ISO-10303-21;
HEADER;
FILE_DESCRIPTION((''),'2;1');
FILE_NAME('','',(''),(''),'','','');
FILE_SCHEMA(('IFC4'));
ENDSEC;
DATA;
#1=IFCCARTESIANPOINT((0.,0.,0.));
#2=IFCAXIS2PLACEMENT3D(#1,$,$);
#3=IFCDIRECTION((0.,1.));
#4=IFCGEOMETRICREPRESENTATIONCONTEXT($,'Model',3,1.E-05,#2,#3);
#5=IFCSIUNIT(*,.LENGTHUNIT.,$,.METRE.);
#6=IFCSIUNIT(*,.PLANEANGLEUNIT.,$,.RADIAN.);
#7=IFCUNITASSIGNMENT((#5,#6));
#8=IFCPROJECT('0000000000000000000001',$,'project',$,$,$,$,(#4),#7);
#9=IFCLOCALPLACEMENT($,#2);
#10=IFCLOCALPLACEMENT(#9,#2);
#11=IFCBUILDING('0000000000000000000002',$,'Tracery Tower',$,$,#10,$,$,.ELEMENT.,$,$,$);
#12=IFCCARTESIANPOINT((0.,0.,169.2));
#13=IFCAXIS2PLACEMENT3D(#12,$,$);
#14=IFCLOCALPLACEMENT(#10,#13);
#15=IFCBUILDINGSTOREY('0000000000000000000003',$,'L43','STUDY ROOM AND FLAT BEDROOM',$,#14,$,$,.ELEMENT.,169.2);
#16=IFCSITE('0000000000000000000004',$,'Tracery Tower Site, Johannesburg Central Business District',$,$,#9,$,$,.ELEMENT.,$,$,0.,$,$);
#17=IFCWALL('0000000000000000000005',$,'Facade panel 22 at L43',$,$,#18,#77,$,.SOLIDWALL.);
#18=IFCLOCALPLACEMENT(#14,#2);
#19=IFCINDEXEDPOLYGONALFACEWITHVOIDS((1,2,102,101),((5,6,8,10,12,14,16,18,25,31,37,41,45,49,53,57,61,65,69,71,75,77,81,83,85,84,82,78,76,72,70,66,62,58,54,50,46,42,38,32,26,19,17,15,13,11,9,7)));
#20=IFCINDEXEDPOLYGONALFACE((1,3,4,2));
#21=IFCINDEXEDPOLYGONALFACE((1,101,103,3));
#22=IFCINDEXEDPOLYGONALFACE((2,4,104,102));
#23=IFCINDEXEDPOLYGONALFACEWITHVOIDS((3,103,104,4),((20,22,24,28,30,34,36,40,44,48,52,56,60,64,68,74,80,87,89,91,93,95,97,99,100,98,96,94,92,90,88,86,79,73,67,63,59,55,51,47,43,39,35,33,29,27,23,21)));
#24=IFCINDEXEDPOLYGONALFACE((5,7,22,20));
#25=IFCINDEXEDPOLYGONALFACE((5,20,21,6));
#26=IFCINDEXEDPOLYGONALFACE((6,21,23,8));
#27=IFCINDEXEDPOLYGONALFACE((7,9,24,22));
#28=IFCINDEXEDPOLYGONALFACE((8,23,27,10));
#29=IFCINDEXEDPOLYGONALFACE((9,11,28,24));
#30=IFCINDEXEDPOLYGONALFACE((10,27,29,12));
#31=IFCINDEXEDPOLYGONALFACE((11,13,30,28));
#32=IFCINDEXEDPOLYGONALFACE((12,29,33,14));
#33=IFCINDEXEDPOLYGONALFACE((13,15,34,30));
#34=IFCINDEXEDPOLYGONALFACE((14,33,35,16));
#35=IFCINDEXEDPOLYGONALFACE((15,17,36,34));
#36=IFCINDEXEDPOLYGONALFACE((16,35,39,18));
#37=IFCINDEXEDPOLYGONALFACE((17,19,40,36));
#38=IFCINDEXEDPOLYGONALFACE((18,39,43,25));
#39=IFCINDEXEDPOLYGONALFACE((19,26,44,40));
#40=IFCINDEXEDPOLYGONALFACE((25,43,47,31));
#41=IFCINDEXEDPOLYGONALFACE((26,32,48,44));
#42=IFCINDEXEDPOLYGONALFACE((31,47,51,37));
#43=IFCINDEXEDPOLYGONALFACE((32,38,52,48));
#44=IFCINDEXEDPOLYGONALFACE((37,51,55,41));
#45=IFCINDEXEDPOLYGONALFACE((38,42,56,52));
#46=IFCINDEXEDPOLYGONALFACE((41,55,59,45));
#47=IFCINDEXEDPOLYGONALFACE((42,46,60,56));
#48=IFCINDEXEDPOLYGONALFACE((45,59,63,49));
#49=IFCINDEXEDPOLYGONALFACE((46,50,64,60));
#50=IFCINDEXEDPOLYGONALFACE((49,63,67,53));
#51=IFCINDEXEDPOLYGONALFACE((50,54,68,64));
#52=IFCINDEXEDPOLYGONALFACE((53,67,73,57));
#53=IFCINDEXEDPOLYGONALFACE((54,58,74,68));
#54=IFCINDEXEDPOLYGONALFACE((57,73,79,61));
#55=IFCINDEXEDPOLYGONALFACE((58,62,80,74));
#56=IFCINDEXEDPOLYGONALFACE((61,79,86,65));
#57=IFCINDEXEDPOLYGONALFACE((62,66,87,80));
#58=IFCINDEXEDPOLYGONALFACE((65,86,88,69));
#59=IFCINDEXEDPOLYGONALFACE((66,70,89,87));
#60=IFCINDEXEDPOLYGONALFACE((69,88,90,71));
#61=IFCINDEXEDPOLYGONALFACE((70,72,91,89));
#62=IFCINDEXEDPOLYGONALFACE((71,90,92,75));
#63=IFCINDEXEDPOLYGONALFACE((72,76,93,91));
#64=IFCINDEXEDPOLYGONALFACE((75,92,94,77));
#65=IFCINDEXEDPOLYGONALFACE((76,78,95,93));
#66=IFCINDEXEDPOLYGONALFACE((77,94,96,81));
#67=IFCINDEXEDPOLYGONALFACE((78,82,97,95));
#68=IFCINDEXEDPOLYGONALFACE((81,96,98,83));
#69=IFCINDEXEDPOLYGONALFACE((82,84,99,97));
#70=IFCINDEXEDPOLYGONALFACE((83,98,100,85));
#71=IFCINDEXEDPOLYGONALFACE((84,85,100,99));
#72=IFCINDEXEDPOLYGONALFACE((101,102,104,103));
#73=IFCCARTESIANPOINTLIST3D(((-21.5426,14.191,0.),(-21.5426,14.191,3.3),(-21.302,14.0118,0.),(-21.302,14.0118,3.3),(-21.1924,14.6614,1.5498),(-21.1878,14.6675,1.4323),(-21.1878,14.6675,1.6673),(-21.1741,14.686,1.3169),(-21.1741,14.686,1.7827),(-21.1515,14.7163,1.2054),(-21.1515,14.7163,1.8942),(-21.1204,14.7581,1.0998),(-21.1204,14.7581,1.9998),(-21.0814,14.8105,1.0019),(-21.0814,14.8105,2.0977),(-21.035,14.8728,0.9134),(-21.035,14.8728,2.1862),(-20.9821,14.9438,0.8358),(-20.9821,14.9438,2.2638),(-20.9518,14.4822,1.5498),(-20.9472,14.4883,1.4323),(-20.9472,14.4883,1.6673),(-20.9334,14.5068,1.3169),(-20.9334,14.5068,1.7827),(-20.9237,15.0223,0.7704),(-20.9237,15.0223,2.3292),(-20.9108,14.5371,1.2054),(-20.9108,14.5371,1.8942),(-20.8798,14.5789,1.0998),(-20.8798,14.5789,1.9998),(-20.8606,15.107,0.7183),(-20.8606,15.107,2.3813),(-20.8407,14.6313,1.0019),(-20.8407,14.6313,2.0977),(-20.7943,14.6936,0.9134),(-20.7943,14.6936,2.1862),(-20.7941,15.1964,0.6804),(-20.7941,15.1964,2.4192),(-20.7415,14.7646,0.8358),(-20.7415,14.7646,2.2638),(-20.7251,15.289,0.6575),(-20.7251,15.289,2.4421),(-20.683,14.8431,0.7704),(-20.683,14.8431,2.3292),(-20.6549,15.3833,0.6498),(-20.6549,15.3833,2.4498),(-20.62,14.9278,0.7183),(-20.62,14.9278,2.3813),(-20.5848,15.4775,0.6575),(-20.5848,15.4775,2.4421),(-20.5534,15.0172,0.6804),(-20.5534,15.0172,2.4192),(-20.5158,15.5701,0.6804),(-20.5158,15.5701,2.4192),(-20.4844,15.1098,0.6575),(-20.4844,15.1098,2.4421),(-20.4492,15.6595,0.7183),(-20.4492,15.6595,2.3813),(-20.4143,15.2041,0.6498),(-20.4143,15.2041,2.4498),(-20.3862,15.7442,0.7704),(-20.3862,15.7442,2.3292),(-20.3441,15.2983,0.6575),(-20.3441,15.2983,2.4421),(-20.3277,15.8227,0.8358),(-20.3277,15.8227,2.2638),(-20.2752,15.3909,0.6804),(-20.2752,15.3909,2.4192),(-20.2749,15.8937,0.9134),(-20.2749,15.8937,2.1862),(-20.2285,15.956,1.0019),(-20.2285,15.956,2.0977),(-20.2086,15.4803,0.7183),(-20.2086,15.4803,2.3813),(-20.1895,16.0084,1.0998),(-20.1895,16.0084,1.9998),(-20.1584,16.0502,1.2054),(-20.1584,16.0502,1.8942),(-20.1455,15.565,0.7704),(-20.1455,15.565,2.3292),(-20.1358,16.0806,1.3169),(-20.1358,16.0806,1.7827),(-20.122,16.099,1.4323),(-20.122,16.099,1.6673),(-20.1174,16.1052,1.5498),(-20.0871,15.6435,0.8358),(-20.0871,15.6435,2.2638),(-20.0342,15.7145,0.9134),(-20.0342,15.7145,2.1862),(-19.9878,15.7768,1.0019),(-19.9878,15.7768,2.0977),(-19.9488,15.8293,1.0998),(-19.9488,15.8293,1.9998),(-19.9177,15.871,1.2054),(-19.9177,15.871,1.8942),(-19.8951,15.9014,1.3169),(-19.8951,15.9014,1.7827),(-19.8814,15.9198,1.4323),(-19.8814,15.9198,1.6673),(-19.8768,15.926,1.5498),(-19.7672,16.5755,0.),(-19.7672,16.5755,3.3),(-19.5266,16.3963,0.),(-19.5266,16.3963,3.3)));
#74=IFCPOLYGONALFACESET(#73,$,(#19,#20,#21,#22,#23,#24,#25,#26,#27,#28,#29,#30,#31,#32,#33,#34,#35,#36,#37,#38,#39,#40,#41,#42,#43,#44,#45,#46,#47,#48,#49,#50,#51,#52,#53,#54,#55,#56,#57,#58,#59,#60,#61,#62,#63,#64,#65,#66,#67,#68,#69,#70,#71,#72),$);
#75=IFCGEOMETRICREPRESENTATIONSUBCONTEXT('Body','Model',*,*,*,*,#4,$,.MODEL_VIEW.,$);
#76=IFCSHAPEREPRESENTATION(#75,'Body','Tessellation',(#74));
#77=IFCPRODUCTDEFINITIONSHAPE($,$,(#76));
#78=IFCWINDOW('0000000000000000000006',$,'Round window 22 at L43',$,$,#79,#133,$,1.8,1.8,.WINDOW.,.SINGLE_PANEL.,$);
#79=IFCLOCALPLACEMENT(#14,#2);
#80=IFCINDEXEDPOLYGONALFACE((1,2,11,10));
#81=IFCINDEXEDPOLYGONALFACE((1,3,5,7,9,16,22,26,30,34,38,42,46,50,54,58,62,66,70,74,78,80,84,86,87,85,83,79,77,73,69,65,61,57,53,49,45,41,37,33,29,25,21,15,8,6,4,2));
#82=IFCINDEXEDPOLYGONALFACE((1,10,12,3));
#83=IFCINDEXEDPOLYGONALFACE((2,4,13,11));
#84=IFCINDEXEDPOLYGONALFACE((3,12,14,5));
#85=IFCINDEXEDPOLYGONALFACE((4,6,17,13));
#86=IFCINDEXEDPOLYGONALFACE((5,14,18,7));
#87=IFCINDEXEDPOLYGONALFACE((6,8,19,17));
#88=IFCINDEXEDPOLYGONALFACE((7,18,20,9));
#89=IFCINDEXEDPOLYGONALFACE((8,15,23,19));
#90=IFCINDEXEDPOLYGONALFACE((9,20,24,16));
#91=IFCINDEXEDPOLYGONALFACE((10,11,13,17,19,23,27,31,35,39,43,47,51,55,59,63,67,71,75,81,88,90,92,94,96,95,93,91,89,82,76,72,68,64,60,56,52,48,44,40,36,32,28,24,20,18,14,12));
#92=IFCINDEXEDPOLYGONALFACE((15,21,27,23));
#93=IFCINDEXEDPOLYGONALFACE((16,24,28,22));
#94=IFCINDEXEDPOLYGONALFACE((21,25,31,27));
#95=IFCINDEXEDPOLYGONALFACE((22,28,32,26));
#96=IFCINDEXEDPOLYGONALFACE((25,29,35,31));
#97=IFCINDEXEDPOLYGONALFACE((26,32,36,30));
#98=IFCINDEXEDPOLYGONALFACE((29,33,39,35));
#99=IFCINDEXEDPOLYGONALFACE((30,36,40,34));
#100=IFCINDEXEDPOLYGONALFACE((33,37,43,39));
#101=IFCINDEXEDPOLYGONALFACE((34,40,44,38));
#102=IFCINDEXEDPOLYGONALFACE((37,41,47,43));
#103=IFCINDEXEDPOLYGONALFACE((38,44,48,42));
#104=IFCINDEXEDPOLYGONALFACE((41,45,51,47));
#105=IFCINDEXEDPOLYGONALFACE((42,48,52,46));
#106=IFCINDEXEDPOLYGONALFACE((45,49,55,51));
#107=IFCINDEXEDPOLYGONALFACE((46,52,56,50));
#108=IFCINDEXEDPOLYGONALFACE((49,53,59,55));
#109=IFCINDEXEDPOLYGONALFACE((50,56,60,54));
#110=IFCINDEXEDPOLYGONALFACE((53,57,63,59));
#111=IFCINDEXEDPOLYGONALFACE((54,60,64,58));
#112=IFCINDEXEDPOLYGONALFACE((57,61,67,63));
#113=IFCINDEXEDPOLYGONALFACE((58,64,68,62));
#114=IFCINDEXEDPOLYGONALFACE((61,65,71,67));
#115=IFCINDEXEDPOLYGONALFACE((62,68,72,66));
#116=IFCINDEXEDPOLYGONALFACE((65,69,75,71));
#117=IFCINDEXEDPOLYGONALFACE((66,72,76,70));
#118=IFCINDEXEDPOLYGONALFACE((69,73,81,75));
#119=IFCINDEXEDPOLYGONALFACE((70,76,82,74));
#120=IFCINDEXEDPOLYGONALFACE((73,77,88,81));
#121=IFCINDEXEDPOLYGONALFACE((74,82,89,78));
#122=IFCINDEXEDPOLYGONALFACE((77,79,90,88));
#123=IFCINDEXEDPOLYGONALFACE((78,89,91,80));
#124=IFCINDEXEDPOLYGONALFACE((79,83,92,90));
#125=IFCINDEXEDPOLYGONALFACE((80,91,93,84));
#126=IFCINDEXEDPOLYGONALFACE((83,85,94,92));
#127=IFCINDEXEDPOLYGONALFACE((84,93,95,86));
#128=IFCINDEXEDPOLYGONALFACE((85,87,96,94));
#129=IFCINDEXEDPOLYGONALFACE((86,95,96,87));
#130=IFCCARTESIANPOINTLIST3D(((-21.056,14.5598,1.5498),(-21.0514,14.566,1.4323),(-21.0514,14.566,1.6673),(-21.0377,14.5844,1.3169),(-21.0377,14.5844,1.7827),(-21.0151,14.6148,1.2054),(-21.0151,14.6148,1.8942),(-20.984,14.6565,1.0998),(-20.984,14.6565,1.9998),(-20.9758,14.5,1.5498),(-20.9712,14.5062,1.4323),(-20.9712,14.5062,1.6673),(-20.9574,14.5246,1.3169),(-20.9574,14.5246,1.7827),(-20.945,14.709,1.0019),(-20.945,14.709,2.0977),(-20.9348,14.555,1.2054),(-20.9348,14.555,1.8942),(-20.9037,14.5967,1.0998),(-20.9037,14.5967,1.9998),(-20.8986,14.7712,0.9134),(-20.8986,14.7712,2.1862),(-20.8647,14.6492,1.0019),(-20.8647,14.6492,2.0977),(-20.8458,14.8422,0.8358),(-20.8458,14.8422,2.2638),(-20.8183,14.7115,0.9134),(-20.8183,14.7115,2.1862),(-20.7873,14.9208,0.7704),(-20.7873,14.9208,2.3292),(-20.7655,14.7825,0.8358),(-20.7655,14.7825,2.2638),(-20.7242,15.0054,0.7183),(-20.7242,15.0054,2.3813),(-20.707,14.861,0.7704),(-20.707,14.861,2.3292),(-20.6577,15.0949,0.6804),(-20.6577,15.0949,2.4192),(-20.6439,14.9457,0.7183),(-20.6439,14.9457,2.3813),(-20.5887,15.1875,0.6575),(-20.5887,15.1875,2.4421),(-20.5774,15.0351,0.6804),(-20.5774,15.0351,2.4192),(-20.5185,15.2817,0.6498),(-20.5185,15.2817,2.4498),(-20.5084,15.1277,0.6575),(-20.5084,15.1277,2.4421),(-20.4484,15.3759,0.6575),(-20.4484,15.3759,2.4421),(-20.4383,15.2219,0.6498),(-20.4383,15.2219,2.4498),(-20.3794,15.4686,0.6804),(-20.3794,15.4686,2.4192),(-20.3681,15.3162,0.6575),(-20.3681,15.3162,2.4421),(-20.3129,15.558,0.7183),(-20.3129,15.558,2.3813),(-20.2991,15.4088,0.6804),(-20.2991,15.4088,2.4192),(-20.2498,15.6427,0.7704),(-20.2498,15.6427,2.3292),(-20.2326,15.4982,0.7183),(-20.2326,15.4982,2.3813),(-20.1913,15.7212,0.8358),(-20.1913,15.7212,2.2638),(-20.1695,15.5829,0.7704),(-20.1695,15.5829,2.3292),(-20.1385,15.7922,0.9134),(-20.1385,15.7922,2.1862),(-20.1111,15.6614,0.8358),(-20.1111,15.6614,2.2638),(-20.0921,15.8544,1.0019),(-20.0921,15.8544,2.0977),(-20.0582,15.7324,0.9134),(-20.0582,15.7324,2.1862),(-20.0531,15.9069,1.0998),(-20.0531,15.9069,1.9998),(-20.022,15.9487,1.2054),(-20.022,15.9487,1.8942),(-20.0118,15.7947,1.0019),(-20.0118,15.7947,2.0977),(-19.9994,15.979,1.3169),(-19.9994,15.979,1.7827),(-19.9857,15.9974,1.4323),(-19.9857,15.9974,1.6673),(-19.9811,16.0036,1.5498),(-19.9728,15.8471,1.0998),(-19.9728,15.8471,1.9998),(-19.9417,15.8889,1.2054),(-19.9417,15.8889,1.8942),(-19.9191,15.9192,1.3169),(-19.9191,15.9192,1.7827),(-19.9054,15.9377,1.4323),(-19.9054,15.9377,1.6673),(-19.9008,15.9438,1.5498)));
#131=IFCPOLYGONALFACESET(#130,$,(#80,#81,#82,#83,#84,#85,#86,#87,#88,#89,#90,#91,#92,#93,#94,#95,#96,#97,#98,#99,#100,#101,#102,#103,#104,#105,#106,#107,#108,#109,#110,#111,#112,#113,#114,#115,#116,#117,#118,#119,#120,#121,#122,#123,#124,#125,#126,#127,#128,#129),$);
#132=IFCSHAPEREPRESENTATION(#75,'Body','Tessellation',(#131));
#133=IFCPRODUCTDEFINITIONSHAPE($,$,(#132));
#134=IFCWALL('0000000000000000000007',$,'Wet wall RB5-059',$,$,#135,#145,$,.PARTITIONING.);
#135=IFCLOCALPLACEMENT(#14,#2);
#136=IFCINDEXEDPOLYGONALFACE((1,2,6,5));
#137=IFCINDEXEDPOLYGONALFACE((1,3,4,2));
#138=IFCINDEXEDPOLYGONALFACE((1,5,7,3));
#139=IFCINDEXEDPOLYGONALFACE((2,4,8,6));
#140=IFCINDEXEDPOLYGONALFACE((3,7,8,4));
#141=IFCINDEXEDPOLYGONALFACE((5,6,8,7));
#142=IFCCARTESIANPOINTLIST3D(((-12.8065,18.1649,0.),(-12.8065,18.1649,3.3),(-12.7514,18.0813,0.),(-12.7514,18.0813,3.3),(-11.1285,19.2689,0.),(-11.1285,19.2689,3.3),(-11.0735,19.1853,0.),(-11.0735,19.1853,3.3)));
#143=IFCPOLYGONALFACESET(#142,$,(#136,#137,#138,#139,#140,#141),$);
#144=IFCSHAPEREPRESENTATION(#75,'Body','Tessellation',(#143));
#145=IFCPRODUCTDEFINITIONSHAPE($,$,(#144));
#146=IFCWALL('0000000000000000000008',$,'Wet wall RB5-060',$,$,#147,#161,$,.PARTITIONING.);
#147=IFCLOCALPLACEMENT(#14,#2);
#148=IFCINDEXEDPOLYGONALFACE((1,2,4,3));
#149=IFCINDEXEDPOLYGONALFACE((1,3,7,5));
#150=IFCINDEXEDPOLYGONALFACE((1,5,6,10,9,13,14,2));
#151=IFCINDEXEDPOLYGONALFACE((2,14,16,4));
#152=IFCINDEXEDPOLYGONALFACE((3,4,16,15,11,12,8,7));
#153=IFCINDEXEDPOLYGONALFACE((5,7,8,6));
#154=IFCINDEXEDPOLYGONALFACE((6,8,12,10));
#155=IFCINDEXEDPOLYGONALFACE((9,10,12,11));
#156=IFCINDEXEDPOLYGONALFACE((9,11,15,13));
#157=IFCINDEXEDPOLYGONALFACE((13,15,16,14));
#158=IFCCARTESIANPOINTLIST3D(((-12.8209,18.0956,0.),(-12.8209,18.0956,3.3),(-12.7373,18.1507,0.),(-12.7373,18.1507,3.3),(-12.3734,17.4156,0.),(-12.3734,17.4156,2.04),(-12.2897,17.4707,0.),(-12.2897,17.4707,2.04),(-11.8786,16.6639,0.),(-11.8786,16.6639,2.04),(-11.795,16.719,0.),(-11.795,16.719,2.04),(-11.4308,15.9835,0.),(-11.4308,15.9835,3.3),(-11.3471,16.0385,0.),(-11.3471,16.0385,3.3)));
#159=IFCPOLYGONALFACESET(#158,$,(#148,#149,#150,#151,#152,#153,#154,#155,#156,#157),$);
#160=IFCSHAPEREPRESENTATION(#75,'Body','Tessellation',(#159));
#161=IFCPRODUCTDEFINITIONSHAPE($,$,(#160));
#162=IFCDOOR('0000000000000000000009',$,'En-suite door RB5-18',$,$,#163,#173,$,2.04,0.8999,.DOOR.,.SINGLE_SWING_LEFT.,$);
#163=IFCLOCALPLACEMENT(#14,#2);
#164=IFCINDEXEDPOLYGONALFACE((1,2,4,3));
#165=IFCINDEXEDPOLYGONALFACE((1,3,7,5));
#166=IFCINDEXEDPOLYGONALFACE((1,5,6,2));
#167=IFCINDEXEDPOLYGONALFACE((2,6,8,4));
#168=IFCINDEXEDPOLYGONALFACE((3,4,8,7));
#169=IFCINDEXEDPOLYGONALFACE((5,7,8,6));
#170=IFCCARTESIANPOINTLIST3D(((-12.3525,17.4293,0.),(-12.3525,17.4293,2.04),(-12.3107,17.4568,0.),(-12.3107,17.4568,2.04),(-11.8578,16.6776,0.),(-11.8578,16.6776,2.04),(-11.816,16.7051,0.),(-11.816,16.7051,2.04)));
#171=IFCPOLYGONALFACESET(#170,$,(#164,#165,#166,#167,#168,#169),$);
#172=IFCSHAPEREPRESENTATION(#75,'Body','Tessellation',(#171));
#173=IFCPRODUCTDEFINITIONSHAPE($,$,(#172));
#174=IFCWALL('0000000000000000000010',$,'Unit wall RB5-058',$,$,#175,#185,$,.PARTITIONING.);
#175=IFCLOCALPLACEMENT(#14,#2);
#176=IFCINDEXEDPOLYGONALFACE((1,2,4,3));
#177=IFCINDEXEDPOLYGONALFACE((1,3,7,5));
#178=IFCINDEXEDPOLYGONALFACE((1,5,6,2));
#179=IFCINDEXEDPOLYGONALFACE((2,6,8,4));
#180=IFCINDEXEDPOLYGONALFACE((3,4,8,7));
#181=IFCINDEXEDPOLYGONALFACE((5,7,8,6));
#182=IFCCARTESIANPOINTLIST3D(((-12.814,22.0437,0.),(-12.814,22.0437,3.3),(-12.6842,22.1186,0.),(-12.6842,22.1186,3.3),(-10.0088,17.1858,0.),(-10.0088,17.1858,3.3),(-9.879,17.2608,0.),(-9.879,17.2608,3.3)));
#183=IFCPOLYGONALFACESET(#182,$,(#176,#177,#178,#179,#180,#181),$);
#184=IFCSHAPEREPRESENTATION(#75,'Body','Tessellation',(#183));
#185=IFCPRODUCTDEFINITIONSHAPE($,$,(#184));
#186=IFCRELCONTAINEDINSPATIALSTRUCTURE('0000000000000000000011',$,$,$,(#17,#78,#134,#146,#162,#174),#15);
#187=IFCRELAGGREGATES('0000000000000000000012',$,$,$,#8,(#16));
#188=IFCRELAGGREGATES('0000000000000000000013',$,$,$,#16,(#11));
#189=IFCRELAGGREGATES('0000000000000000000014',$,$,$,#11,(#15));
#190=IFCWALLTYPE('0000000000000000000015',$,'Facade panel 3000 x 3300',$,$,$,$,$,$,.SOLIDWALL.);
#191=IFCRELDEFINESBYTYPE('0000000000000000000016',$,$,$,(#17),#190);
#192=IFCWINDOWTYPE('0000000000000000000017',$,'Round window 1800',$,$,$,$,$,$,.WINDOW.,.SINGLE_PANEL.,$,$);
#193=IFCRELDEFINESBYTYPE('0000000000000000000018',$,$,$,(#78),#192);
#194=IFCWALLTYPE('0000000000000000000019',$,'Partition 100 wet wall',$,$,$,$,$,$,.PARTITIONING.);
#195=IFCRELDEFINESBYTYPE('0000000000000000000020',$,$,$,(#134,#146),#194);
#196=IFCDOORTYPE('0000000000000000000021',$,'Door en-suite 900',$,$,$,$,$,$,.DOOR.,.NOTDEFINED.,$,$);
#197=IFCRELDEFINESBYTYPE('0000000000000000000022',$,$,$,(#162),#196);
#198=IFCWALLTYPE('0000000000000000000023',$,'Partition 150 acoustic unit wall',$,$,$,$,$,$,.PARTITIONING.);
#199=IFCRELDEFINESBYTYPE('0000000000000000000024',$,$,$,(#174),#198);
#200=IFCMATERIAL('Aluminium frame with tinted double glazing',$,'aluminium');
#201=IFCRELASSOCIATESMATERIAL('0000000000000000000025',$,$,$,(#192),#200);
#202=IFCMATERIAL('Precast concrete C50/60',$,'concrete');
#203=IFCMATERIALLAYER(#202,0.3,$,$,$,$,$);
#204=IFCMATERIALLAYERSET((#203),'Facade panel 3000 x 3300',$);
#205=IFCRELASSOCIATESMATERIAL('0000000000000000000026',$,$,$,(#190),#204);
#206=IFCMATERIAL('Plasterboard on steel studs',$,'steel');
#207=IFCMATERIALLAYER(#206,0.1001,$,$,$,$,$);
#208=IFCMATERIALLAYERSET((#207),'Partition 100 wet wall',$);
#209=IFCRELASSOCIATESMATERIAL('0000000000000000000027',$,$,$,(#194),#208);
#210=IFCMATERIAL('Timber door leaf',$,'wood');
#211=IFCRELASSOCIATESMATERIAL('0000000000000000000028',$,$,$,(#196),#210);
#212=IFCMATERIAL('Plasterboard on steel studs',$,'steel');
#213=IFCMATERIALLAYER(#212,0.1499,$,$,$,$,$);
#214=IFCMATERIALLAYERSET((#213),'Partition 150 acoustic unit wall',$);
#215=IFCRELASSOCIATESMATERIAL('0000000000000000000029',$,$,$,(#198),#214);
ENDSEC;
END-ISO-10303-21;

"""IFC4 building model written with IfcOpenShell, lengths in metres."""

from ifc_helpers import new_model, si_unit, direction, frame, frame_2d, origin, origin_2d, place, context, subcontext, project, spatial, rectangle, circle, extrude, material, layer, layer_set, type_object, element, fill, save


model = new_model("IFC4")

# Units and contexts
model_context = context("Model", 3, precision=1e-05, world=origin(), true_north=direction((0.0, 1.0)))
body_context = subcontext(model_context, "Body", "Model", "MODEL_VIEW")
ifc_project = project(units=[si_unit("LENGTHUNIT", "METRE"), si_unit("PLANEANGLEUNIT", "RADIAN")], contexts=[model_context])

# Site, building, storey
site_placement = place(None, origin())
site = spatial("IfcSite", under=ifc_project, at=site_placement, Name="Tracery Tower Site, Johannesburg Central Business District", CompositionType="ELEMENT", RefElevation=0.0)
building_placement = place(site_placement, origin())
building = spatial("IfcBuilding", under=site, at=building_placement, Name="Tracery Tower", CompositionType="ELEMENT")
storey_placement = place(building_placement, frame((0.0, 0.0, 169.2)))
storey = spatial("IfcBuildingStorey", under=building, at=storey_placement, Name="L43", Description="STUDY ROOM AND FLAT BEDROOM", CompositionType="ELEMENT", Elevation=169.2)

# Wall, opening, window
ifc_material_1 = material(Name="Aluminium frame with tinted double glazing", Category="aluminium")
window_type = type_object("IfcWindowType", Name="Round window 1800", PartitioningType="SINGLE_PANEL", PredefinedType="WINDOW", material=ifc_material_1)
ifc_material_2 = material(Name="Precast concrete C50/60", Category="concrete")
ifc_layer_1 = layer(ifc_material_2, 0.3)
ifc_layer_set_1 = layer_set([ifc_layer_1], Name="Facade panel 3000 x 3300")
wall_type_1 = type_object("IfcWallType", Name="Facade panel 3000 x 3300", PredefinedType="SOLIDWALL", material=ifc_layer_set_1)
wall_1_placement = place(storey_placement, frame((-19.647, 16.4858, 0.0), z_axis=(0.0, 0.0, 1.0), x_axis=(-0.597198, -0.802094, 0.0)))
wall_1 = element("IfcWall", 1, at=wall_1_placement, inside=storey, type_object=wall_type_1, Name="Facade panel 22 at L43", PredefinedType="SOLIDWALL", context=body_context, shape_type="SweptSolid", body=[
    extrude(rectangle(XDim=2.9729, YDim=0.3, at=frame_2d((1.4863, 0.0))), origin(), (0.0, 0.0, 1.0), 3.3),
])
opening_1_placement = place(wall_1_placement, frame((1.4863, 0.0, 1.5498)))
opening_1 = element("IfcOpeningElement", 2, at=opening_1_placement, cuts=wall_1, PredefinedType="OPENING", context=body_context, shape_type="SweptSolid", body=[
    extrude(circle(Radius=0.9, at=origin_2d()), frame((0.0, 0.1599, 0.0), z_axis=(0.0, -1.0, 0.0), x_axis=(1.0, 0.0, 0.0)), (0.0, 0.0, 1.0), 0.3201),
])
window_1_placement = place(opening_1_placement, origin())
window_1 = element("IfcWindow", 3, at=window_1_placement, inside=storey, type_object=window_type, Name="Round window 22 at L43", OverallHeight=1.8, OverallWidth=1.8, PartitioningType="SINGLE_PANEL", PredefinedType="WINDOW", context=body_context, shape_type="SweptSolid", body=[
    extrude(circle(Radius=0.9, at=origin_2d()), frame((0.0, 0.1201, 0.0), z_axis=(0.0, -1.0, 0.0), x_axis=(1.0, 0.0, 0.0)), (0.0, 0.0, 1.0), 0.1001),
])
fill(opening_1, window_1)

# Wall
ifc_material_3 = material(Name="Plasterboard on steel studs", Category="steel")
ifc_layer_2 = layer(ifc_material_3, 0.1001)
ifc_layer_set_2 = layer_set([ifc_layer_2], Name="Partition 100 wet wall")
wall_type_2 = type_object("IfcWallType", Name="Partition 100 wet wall", PredefinedType="PARTITIONING", material=ifc_layer_set_2)
wall_2_placement = place(storey_placement, frame((-12.7791, 18.123, 0.0), z_axis=(0.0, 0.0, 1.0), x_axis=(0.835401, 0.549641, 0.0)))
element("IfcWall", 4, at=wall_2_placement, inside=storey, type_object=wall_type_2, Name="Wet wall RB5-059", PredefinedType="PARTITIONING", context=body_context, shape_type="SweptSolid", body=[
    extrude(rectangle(XDim=2.0085, YDim=0.1001, at=frame_2d((1.0044, 0.0))), origin(), (0.0, 0.0, 1.0), 3.3),
])

# Wall, opening, door
wall_3_placement = place(storey_placement, frame((-12.7791, 18.123, 0.0), z_axis=(0.0, 0.0, 1.0), x_axis=(0.549789, -0.835304, 0.0)))
wall_3 = element("IfcWall", 5, at=wall_3_placement, inside=storey, type_object=wall_type_2, Name="Wet wall RB5-060", PredefinedType="PARTITIONING", context=body_context, shape_type="SweptSolid", body=[
    extrude(rectangle(XDim=2.5286, YDim=0.1001, at=frame_2d((1.2642, 0.0))), origin(), (0.0, 0.0, 1.0), 3.3),
])
opening_2_placement = place(wall_3_placement, frame((0.814, 0.0, 0.0)))
opening_2 = element("IfcOpeningElement", 6, at=opening_2_placement, cuts=wall_3, PredefinedType="OPENING", context=body_context, shape_type="SweptSolid", body=[
    extrude(rectangle(XDim=0.8999, YDim=2.04, at=frame_2d((0.45, 1.02))), frame((0.0, 0.05, 0.0), z_axis=(0.0, -1.0, 0.0), x_axis=(1.0, 0.0, 0.0)), (0.0, 0.0, 1.0), 0.1001),
])
ifc_material_4 = material(Name="Timber door leaf", Category="wood")
door_type_1 = type_object("IfcDoorType", Name="Door en-suite 900", OperationType="NOTDEFINED", PredefinedType="DOOR", material=ifc_material_4)
door_1_placement = place(opening_2_placement, origin())
door_1 = element("IfcDoor", 7, at=door_1_placement, inside=storey, type_object=door_type_1, Name="En-suite door RB5-18", OperationType="SINGLE_SWING_LEFT", OverallHeight=2.04, OverallWidth=0.8999, PredefinedType="DOOR", context=body_context, shape_type="SweptSolid", body=[
    extrude(rectangle(XDim=0.8999, YDim=2.04, at=frame_2d((0.45, 1.02))), frame((0.0, 0.0249, 0.0), z_axis=(0.0, -1.0, 0.0), x_axis=(1.0, 0.0, 0.0)), (0.0, 0.0, 1.0), 0.05),
])
fill(opening_2, door_1)

# Wall
ifc_material_5 = material(Name="Plasterboard on steel studs", Category="steel")
ifc_layer_3 = layer(ifc_material_5, 0.1499)
ifc_layer_set_3 = layer_set([ifc_layer_3], Name="Partition 150 acoustic unit wall")
wall_type_3 = type_object("IfcWallType", Name="Partition 150 acoustic unit wall", PredefinedType="PARTITIONING", material=ifc_layer_set_3)
wall_4_placement = place(storey_placement, frame((-12.749, 22.0811, 0.0), z_axis=(0.0, 0.0, 1.0), x_axis=(0.500062, -0.86599, 0.0)))
element("IfcWall", 8, at=wall_4_placement, inside=storey, type_object=wall_type_3, Name="Unit wall RB5-058", PredefinedType="PARTITIONING", context=body_context, shape_type="SweptSolid", body=[
    extrude(rectangle(XDim=5.6096, YDim=0.1499, at=frame_2d((2.8047, 0.0))), origin(), (0.0, 0.0, 1.0), 3.3),
])

save(model, "model.ifc")
